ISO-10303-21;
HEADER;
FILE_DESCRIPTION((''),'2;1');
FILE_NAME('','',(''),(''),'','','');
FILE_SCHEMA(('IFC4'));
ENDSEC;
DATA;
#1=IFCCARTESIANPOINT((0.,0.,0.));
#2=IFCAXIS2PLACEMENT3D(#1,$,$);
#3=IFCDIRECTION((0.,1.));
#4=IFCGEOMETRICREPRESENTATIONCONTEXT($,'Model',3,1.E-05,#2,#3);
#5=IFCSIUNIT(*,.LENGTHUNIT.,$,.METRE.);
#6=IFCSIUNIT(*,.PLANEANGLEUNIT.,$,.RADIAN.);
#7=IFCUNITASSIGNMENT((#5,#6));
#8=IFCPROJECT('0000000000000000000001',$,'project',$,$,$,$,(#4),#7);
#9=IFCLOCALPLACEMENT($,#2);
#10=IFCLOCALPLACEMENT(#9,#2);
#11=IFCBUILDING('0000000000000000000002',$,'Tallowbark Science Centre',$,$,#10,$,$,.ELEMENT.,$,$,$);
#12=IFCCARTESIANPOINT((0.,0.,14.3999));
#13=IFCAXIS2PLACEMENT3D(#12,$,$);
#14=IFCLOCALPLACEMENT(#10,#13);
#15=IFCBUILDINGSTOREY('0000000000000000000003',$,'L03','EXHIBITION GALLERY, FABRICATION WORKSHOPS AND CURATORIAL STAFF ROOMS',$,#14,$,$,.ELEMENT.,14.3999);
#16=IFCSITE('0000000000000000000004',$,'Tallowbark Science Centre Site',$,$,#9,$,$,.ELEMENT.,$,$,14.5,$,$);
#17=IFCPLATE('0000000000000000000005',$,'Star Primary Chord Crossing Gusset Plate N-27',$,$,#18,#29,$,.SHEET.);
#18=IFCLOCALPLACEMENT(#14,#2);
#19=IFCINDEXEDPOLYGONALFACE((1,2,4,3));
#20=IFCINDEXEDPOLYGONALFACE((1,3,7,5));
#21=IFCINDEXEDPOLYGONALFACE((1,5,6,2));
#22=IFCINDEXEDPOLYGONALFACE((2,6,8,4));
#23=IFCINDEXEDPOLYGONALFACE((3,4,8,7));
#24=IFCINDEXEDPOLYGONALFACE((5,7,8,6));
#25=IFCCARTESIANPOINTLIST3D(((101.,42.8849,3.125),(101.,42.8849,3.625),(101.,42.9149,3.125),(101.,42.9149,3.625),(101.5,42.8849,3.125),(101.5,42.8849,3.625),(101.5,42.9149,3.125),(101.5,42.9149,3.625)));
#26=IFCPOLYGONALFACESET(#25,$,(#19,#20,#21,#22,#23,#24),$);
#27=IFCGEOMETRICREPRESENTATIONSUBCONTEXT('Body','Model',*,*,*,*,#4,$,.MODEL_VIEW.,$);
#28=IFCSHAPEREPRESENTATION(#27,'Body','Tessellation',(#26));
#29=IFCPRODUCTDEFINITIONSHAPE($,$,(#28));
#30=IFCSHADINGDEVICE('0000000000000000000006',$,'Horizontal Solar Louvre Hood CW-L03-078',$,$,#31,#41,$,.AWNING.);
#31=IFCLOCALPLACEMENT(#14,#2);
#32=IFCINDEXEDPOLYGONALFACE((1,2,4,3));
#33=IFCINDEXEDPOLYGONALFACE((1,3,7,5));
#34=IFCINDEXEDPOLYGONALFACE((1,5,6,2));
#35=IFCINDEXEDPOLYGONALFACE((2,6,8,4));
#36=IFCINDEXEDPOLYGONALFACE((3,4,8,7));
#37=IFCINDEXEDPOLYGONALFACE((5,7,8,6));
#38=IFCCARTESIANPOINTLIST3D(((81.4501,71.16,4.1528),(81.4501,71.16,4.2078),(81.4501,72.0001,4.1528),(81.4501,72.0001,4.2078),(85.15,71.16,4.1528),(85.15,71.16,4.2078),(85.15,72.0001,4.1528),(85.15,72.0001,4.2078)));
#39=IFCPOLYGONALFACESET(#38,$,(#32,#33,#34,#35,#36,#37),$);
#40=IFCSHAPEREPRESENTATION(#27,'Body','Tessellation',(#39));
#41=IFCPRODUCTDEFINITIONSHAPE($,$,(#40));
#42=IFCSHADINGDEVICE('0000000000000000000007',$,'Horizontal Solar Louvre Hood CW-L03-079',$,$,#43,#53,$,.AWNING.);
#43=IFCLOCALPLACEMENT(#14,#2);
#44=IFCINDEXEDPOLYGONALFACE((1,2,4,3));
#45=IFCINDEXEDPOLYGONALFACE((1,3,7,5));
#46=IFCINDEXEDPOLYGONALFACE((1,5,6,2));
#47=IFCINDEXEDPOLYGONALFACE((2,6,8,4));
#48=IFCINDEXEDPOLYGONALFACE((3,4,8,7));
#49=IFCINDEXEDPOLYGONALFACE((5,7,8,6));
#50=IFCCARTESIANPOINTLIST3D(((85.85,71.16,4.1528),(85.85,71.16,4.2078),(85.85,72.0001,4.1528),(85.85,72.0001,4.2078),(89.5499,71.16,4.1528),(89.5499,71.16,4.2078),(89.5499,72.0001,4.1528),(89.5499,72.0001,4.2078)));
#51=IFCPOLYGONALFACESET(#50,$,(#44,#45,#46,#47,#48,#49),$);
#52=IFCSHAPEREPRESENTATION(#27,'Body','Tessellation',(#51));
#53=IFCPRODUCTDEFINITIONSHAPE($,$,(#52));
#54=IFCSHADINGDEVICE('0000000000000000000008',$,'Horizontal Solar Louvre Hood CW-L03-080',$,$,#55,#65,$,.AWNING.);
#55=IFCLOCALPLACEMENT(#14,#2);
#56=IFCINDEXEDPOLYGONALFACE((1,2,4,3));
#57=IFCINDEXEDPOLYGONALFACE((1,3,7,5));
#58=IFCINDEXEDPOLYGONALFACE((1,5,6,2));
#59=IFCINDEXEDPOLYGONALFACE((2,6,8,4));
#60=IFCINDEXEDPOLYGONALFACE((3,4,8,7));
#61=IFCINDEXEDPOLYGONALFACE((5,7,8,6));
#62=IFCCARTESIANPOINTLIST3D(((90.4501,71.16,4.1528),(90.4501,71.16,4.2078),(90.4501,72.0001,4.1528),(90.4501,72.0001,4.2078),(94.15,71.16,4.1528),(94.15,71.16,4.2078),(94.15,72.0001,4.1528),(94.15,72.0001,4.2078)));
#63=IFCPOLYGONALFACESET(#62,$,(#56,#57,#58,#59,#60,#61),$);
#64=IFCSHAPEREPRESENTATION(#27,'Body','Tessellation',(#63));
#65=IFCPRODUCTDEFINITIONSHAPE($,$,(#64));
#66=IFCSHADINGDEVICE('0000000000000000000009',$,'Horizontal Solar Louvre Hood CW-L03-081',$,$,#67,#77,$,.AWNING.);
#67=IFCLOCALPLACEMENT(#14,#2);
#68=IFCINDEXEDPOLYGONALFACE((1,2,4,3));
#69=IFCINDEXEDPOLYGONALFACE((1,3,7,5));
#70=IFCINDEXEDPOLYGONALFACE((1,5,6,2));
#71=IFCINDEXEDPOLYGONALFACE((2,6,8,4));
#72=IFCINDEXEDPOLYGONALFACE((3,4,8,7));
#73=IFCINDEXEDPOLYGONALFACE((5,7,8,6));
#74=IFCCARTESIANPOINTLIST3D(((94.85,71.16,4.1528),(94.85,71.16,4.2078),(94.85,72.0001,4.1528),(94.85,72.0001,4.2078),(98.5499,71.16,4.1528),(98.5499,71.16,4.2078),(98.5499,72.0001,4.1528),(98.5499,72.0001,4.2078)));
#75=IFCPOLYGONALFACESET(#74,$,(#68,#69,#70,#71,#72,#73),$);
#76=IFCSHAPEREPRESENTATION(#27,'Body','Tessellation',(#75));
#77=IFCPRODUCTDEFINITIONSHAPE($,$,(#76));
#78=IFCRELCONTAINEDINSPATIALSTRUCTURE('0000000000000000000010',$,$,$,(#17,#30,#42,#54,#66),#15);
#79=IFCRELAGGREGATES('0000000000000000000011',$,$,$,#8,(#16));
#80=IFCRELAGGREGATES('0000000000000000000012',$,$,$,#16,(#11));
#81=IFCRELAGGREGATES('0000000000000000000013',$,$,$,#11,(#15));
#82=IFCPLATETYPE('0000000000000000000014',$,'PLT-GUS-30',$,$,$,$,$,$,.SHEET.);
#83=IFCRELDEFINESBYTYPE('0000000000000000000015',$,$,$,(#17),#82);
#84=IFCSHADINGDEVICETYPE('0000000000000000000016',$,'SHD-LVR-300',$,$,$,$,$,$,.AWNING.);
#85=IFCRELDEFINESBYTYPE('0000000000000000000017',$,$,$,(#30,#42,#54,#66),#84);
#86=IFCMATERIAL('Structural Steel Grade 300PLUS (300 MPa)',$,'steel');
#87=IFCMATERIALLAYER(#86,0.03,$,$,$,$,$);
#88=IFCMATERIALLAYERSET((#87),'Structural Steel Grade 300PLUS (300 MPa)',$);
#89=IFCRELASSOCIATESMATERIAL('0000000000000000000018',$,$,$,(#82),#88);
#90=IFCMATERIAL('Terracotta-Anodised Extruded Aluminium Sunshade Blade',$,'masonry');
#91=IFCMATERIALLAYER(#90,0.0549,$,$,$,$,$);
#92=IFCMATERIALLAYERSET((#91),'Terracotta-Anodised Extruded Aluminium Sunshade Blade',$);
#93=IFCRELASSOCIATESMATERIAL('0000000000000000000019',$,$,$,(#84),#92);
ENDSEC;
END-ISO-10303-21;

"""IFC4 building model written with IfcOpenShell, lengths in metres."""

from ifc_helpers import new_model, si_unit, direction, frame, origin, origin_2d, place, context, subcontext, project, spatial, rectangle, extrude, material, layer, layer_set, type_object, element, save


model = new_model("IFC4")

# Units and contexts
model_context = context("Model", 3, precision=1e-05, world=origin(), true_north=direction((0.0, 1.0)))
body_context = subcontext(model_context, "Body", "Model", "MODEL_VIEW")
ifc_project = project(units=[si_unit("LENGTHUNIT", "METRE"), si_unit("PLANEANGLEUNIT", "RADIAN")], contexts=[model_context])

# Site, building, storey
site_placement = place(None, origin())
site = spatial("IfcSite", under=ifc_project, at=site_placement, Name="Tallowbark Science Centre Site", CompositionType="ELEMENT", RefElevation=14.5)
building_placement = place(site_placement, origin())
building = spatial("IfcBuilding", under=site, at=building_placement, Name="Tallowbark Science Centre", CompositionType="ELEMENT")
storey_placement = place(building_placement, frame((0.0, 0.0, 14.3999)))
storey = spatial("IfcBuildingStorey", under=building, at=storey_placement, Name="L03", Description="EXHIBITION GALLERY, FABRICATION WORKSHOPS AND CURATORIAL STAFF ROOMS", CompositionType="ELEMENT", Elevation=14.3999)

# Shared definitions
ifc_material_1 = material(Name="Structural Steel Grade 300PLUS (300 MPa)", Category="steel")

# Plate
ifc_layer_1 = layer(ifc_material_1, 0.03)
ifc_layer_set_1 = layer_set([ifc_layer_1], Name="Structural Steel Grade 300PLUS (300 MPa)")
plate_type_1 = type_object("IfcPlateType", Name="PLT-GUS-30", PredefinedType="SHEET", material=ifc_layer_set_1)
plate_1_placement = place(storey_placement, frame((101.25, 42.8999, 3.125), z_axis=(0.0, 0.0, 1.0), x_axis=(1.0, 0.0, 0.0)))
element("IfcPlate", 1, at=plate_1_placement, inside=storey, type_object=plate_type_1, Name="Star Primary Chord Crossing Gusset Plate N-27", PredefinedType="SHEET", context=body_context, shape_type="SweptSolid", body=[
    extrude(rectangle(XDim=0.5, YDim=0.03, at=origin_2d()), origin(), (0.0, 0.0, 1.0), 0.5),
])

# Shading devices
ifc_material_2 = material(Name="Terracotta-Anodised Extruded Aluminium Sunshade Blade", Category="masonry")
ifc_layer_2 = layer(ifc_material_2, 0.0549)
ifc_layer_set_2 = layer_set([ifc_layer_2], Name="Terracotta-Anodised Extruded Aluminium Sunshade Blade")
shading_device_type = type_object("IfcShadingDeviceType", Name="SHD-LVR-300", PredefinedType="AWNING", material=ifc_layer_set_2)
for number, where, z_axis, x_axis, name in (
    (2, (83.3, 71.5801, 4.1528), (0.0, 0.0, 1.0), (1.0, 0.0, 0.0), "Horizontal Solar Louvre Hood CW-L03-078"),
    (3, (87.7, 71.5801, 4.1528), (0.0, 0.0, 1.0), (1.0, 0.0, 0.0), "Horizontal Solar Louvre Hood CW-L03-079"),
    (4, (92.3, 71.5801, 4.1528), (0.0, 0.0, 1.0), (1.0, 0.0, 0.0), "Horizontal Solar Louvre Hood CW-L03-080"),
    (5, (96.7, 71.5801, 4.1528), (0.0, 0.0, 1.0), (1.0, 0.0, 0.0), "Horizontal Solar Louvre Hood CW-L03-081"),
):
    element("IfcShadingDevice", number, at=place(storey_placement, frame(where, z_axis=z_axis, x_axis=x_axis)), inside=storey, type_object=shading_device_type, Name=name, PredefinedType="AWNING", context=body_context, shape_type="SweptSolid", body=[
        extrude(rectangle(XDim=3.7, YDim=0.8401, at=origin_2d()), origin(), (0.0, 0.0, 1.0), 0.0549),
    ])

save(model, "model.ifc")
